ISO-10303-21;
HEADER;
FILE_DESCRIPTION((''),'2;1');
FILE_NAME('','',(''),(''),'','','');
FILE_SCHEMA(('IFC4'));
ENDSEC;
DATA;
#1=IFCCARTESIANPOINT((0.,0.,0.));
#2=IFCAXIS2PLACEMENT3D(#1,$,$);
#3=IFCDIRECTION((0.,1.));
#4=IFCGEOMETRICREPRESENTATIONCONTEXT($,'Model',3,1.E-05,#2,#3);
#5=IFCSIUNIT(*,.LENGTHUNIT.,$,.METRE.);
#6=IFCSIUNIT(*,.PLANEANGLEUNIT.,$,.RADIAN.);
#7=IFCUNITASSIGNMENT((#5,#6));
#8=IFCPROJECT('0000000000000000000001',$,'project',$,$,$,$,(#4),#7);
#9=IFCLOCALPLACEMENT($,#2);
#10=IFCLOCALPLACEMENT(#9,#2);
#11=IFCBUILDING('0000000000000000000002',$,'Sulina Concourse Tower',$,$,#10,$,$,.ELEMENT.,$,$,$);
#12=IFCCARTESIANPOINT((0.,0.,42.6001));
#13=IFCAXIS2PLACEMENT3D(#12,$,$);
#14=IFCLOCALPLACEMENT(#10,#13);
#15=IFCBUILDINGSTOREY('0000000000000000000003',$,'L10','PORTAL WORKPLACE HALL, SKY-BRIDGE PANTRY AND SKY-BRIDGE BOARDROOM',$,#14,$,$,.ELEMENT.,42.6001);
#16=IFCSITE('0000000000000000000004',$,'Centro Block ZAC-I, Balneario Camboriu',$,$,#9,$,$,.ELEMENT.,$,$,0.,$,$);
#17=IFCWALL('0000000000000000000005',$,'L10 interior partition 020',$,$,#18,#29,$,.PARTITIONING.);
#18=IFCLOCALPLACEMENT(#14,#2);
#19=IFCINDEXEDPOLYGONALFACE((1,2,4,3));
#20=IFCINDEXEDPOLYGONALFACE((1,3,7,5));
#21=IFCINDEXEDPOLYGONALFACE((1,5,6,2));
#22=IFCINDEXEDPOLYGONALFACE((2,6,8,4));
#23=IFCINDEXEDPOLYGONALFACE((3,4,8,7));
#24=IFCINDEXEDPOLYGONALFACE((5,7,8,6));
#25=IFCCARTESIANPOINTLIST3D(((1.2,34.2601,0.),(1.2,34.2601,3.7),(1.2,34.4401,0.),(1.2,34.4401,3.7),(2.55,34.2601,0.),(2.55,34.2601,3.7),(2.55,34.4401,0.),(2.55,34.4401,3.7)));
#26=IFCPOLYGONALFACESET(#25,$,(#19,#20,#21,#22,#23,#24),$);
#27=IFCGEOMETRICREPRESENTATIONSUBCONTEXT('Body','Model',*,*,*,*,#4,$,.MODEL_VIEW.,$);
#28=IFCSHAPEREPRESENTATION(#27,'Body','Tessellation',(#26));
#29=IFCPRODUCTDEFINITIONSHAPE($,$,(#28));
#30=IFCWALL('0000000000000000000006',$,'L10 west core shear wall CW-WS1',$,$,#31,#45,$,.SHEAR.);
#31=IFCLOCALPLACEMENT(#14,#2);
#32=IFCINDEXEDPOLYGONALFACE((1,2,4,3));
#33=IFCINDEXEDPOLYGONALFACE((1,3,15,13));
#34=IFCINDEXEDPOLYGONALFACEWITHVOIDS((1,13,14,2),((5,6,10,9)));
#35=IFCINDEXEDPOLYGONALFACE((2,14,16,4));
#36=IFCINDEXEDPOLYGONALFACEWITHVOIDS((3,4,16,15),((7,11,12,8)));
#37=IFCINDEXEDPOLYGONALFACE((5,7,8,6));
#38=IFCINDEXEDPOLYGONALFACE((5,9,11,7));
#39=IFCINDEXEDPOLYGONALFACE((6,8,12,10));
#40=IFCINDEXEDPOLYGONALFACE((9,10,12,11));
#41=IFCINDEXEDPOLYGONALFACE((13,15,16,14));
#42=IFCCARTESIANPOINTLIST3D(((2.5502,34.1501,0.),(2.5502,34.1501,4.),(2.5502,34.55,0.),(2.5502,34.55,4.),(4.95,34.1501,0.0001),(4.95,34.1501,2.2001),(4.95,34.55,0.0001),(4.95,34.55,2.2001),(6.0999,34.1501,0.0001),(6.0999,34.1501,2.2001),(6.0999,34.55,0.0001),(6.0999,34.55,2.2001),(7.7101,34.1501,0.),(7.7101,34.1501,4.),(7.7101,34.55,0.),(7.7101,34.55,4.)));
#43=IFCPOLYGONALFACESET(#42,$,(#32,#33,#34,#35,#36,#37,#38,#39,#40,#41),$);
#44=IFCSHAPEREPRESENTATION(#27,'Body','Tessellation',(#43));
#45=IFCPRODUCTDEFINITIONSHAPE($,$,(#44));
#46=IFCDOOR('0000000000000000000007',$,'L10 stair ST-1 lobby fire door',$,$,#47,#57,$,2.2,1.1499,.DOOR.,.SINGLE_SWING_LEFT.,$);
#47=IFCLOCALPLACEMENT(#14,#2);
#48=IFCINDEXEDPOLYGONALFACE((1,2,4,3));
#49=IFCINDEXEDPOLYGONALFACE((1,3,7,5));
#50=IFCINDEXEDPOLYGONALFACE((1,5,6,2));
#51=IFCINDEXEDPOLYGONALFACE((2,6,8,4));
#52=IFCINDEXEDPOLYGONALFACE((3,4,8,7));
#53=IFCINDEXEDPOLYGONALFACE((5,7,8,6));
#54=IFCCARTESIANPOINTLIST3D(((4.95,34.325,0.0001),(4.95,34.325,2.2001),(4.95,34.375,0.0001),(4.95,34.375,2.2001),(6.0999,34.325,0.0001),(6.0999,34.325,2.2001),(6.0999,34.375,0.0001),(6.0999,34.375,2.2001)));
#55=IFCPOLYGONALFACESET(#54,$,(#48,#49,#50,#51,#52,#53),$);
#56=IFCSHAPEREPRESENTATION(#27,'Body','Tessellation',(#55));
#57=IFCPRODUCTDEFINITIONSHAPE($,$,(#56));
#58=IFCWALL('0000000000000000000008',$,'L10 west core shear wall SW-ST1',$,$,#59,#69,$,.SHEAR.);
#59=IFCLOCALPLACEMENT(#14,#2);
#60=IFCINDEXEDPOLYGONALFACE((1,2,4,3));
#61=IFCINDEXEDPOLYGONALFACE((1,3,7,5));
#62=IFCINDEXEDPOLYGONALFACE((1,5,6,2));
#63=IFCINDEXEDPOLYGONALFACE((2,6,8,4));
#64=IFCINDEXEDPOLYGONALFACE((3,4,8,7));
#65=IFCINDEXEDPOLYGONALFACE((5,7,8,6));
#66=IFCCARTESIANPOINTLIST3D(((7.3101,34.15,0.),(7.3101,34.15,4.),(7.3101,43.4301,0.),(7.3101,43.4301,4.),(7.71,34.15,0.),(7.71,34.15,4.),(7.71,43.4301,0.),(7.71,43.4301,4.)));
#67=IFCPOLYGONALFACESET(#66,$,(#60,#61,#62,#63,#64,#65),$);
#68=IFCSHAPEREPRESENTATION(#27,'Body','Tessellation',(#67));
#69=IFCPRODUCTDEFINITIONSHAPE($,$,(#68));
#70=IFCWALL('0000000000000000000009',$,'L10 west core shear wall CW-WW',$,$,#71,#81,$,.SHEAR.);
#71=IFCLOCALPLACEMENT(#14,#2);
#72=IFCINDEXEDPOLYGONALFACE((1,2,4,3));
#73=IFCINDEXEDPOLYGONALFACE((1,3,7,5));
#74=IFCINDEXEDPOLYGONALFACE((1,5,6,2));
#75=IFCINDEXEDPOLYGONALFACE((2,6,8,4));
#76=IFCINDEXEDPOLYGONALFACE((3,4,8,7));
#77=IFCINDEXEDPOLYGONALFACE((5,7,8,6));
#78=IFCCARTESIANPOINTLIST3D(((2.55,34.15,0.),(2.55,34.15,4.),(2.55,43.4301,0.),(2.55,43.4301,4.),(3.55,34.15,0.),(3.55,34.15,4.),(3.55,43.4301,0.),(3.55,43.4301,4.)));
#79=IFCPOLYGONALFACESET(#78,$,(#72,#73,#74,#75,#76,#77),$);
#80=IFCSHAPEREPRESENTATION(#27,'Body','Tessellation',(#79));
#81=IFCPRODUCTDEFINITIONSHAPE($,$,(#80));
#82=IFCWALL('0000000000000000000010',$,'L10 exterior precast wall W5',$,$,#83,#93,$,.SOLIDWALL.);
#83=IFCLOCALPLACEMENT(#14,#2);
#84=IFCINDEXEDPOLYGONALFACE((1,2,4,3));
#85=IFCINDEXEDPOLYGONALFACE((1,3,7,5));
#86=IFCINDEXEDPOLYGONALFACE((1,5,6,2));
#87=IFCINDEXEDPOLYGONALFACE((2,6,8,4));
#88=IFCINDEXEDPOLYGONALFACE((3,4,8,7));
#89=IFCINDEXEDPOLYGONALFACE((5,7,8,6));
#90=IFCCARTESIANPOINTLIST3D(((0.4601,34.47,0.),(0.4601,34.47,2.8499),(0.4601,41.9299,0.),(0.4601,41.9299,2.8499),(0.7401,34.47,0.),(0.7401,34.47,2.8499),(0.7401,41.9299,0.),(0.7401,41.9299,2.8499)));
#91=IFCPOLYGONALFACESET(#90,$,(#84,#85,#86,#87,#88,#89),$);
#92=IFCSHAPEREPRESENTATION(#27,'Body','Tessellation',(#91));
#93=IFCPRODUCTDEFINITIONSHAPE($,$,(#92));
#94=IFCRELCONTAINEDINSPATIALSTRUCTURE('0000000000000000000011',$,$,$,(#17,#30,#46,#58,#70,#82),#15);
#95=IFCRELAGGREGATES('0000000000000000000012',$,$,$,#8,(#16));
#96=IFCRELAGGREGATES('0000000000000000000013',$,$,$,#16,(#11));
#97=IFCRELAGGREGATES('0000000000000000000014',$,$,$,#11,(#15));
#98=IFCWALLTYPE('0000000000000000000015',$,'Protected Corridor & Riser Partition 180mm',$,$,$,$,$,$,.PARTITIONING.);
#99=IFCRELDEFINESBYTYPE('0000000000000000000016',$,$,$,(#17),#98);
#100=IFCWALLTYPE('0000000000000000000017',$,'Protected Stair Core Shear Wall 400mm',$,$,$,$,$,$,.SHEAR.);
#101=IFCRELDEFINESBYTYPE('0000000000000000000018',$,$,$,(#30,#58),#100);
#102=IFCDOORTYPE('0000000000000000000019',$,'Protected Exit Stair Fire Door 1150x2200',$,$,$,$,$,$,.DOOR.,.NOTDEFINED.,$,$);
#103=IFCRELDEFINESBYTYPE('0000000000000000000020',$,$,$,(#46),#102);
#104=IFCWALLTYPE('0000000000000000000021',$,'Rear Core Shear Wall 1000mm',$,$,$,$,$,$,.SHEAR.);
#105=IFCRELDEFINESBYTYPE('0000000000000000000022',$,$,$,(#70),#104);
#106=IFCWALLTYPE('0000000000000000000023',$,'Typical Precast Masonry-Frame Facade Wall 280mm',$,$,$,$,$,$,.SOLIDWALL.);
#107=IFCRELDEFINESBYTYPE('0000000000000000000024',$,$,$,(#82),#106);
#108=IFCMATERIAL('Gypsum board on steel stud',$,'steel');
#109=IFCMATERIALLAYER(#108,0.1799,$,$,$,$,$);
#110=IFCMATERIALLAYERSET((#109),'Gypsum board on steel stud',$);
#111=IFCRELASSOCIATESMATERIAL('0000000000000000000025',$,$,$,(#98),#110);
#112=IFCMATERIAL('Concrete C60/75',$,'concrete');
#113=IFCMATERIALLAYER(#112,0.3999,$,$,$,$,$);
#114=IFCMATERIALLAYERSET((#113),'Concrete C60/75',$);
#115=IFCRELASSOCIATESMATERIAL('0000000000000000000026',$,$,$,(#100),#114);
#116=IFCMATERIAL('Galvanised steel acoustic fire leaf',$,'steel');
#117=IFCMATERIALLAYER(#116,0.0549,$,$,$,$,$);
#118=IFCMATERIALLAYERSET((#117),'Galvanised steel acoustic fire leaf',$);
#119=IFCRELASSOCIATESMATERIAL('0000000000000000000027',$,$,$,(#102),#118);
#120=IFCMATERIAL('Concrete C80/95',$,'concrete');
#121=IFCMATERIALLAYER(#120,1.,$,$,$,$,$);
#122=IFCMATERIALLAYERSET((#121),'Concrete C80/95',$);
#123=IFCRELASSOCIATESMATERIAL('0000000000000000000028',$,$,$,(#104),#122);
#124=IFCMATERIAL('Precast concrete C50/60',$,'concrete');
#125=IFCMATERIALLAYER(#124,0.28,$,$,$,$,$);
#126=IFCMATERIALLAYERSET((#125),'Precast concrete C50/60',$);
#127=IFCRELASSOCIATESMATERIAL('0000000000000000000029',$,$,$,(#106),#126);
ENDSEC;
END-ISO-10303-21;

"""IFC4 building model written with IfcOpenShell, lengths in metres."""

from ifc_helpers import new_model, si_unit, direction, frame, frame_2d, origin, place, context, subcontext, project, spatial, rectangle, extrude, material, layer, layer_set, type_object, element, fill, save


model = new_model("IFC4")

# Units and contexts
model_context = context("Model", 3, precision=1e-05, world=origin(), true_north=direction((0.0, 1.0)))
body_context = subcontext(model_context, "Body", "Model", "MODEL_VIEW")
ifc_project = project(units=[si_unit("LENGTHUNIT", "METRE"), si_unit("PLANEANGLEUNIT", "RADIAN")], contexts=[model_context])

# Site, building, storey
site_placement = place(None, origin())
site = spatial("IfcSite", under=ifc_project, at=site_placement, Name="Centro Block ZAC-I, Balneario Camboriu", CompositionType="ELEMENT", RefElevation=0.0)
building_placement = place(site_placement, origin())
building = spatial("IfcBuilding", under=site, at=building_placement, Name="Sulina Concourse Tower", CompositionType="ELEMENT")
storey_placement = place(building_placement, frame((0.0, 0.0, 42.6001)))
storey = spatial("IfcBuildingStorey", under=building, at=storey_placement, Name="L10", Description="PORTAL WORKPLACE HALL, SKY-BRIDGE PANTRY AND SKY-BRIDGE BOARDROOM", CompositionType="ELEMENT", Elevation=42.6001)

# Wall
ifc_material_1 = material(Name="Gypsum board on steel stud", Category="steel")
ifc_layer_1 = layer(ifc_material_1, 0.1799)
ifc_layer_set_1 = layer_set([ifc_layer_1], Name="Gypsum board on steel stud")
wall_type_1 = type_object("IfcWallType", Name="Protected Corridor & Riser Partition 180mm", PredefinedType="PARTITIONING", material=ifc_layer_set_1)
wall_1_placement = place(storey_placement, frame((1.2, 34.3501, 0.0), z_axis=(0.0, 0.0, 1.0), x_axis=(1.0, 0.0, 0.0)))
element("IfcWall", 1, at=wall_1_placement, inside=storey, type_object=wall_type_1, Name="L10 interior partition 020", PredefinedType="PARTITIONING", context=body_context, shape_type="SweptSolid", body=[
    extrude(rectangle(XDim=1.3501, YDim=0.1799, at=frame_2d((0.675, 0.0))), origin(), (0.0, 0.0, 1.0), 3.7),
])

# Wall, opening, door
ifc_material_2 = material(Name="Concrete C60/75", Category="concrete")
ifc_layer_2 = layer(ifc_material_2, 0.3999)
ifc_layer_set_2 = layer_set([ifc_layer_2], Name="Concrete C60/75")
wall_type_2 = type_object("IfcWallType", Name="Protected Stair Core Shear Wall 400mm", PredefinedType="SHEAR", material=ifc_layer_set_2)
wall_2_placement = place(storey_placement, frame((2.55, 34.3501, 0.0), z_axis=(0.0, 0.0, 1.0), x_axis=(1.0, 0.0, 0.0)))
wall_2 = element("IfcWall", 2, at=wall_2_placement, inside=storey, type_object=wall_type_2, Name="L10 west core shear wall CW-WS1", PredefinedType="SHEAR", context=body_context, shape_type="SweptSolid", body=[
    extrude(rectangle(XDim=5.1599, YDim=0.3999, at=frame_2d((2.5801, 0.0))), origin(), (0.0, 0.0, 1.0), 4.0),
])
opening_1_placement = place(wall_2_placement, frame((2.3999, 0.0, 0.0)))
opening_1 = element("IfcOpeningElement", 3, at=opening_1_placement, cuts=wall_2, PredefinedType="OPENING", context=body_context, shape_type="SweptSolid", body=[
    extrude(rectangle(XDim=1.1499, YDim=2.2, at=frame_2d((0.575, 1.1001))), frame((0.0, 0.21, 0.0), z_axis=(0.0, -1.0, 0.0), x_axis=(1.0, 0.0, 0.0)), (0.0, 0.0, 1.0), 0.4199),
])
ifc_material_3 = material(Name="Galvanised steel acoustic fire leaf", Category="steel")
ifc_layer_3 = layer(ifc_material_3, 0.0549)
ifc_layer_set_3 = layer_set([ifc_layer_3], Name="Galvanised steel acoustic fire leaf")
door_type_1 = type_object("IfcDoorType", Name="Protected Exit Stair Fire Door 1150x2200", OperationType="NOTDEFINED", PredefinedType="DOOR", material=ifc_layer_set_3)
door_1_placement = place(opening_1_placement, origin())
door_1 = element("IfcDoor", 4, at=door_1_placement, inside=storey, type_object=door_type_1, Name="L10 stair ST-1 lobby fire door", OperationType="SINGLE_SWING_LEFT", OverallHeight=2.2, OverallWidth=1.1499, PredefinedType="DOOR", context=body_context, shape_type="SweptSolid", body=[
    extrude(rectangle(XDim=1.1499, YDim=2.2, at=frame_2d((0.575, 1.1001))), frame((0.0, 0.0249, 0.0), z_axis=(0.0, -1.0, 0.0), x_axis=(1.0, 0.0, 0.0)), (0.0, 0.0, 1.0), 0.05),
])
fill(opening_1, door_1)

# Walls
wall_3_placement = place(storey_placement, frame((7.51, 34.1499, 0.0), z_axis=(0.0, 0.0, 1.0), x_axis=(0.0, 1.0, 0.0)))
element("IfcWall", 5, at=wall_3_placement, inside=storey, type_object=wall_type_2, Name="L10 west core shear wall SW-ST1", PredefinedType="SHEAR", context=body_context, shape_type="SweptSolid", body=[
    extrude(rectangle(XDim=9.28, YDim=0.3999, at=frame_2d((4.6401, 0.0))), origin(), (0.0, 0.0, 1.0), 4.0),
])
ifc_material_4 = material(Name="Concrete C80/95", Category="concrete")
ifc_layer_4 = layer(ifc_material_4, 1.0)
ifc_layer_set_4 = layer_set([ifc_layer_4], Name="Concrete C80/95")
wall_type_3 = type_object("IfcWallType", Name="Rear Core Shear Wall 1000mm", PredefinedType="SHEAR", material=ifc_layer_set_4)
wall_4_placement = place(storey_placement, frame((3.05, 34.1499, 0.0), z_axis=(0.0, 0.0, 1.0), x_axis=(0.0, 1.0, 0.0)))
element("IfcWall", 6, at=wall_4_placement, inside=storey, type_object=wall_type_3, Name="L10 west core shear wall CW-WW", PredefinedType="SHEAR", context=body_context, shape_type="SweptSolid", body=[
    extrude(rectangle(XDim=9.28, YDim=1.0, at=frame_2d((4.6401, 0.0))), origin(), (0.0, 0.0, 1.0), 4.0),
])
ifc_material_5 = material(Name="Precast concrete C50/60", Category="concrete")
ifc_layer_5 = layer(ifc_material_5, 0.28)
ifc_layer_set_5 = layer_set([ifc_layer_5], Name="Precast concrete C50/60")
wall_type_4 = type_object("IfcWallType", Name="Typical Precast Masonry-Frame Facade Wall 280mm", PredefinedType="SOLIDWALL", material=ifc_layer_set_5)
wall_5_placement = place(storey_placement, frame((0.6001, 34.47, 0.0), z_axis=(0.0, 0.0, 1.0), x_axis=(0.0, 1.0, 0.0)))
element("IfcWall", 7, at=wall_5_placement, inside=storey, type_object=wall_type_4, Name="L10 exterior precast wall W5", PredefinedType="SOLIDWALL", context=body_context, shape_type="SweptSolid", body=[
    extrude(rectangle(XDim=7.46, YDim=0.28, at=frame_2d((3.73, 0.0))), origin(), (0.0, 0.0, 1.0), 2.8499),
])

save(model, "model.ifc")
